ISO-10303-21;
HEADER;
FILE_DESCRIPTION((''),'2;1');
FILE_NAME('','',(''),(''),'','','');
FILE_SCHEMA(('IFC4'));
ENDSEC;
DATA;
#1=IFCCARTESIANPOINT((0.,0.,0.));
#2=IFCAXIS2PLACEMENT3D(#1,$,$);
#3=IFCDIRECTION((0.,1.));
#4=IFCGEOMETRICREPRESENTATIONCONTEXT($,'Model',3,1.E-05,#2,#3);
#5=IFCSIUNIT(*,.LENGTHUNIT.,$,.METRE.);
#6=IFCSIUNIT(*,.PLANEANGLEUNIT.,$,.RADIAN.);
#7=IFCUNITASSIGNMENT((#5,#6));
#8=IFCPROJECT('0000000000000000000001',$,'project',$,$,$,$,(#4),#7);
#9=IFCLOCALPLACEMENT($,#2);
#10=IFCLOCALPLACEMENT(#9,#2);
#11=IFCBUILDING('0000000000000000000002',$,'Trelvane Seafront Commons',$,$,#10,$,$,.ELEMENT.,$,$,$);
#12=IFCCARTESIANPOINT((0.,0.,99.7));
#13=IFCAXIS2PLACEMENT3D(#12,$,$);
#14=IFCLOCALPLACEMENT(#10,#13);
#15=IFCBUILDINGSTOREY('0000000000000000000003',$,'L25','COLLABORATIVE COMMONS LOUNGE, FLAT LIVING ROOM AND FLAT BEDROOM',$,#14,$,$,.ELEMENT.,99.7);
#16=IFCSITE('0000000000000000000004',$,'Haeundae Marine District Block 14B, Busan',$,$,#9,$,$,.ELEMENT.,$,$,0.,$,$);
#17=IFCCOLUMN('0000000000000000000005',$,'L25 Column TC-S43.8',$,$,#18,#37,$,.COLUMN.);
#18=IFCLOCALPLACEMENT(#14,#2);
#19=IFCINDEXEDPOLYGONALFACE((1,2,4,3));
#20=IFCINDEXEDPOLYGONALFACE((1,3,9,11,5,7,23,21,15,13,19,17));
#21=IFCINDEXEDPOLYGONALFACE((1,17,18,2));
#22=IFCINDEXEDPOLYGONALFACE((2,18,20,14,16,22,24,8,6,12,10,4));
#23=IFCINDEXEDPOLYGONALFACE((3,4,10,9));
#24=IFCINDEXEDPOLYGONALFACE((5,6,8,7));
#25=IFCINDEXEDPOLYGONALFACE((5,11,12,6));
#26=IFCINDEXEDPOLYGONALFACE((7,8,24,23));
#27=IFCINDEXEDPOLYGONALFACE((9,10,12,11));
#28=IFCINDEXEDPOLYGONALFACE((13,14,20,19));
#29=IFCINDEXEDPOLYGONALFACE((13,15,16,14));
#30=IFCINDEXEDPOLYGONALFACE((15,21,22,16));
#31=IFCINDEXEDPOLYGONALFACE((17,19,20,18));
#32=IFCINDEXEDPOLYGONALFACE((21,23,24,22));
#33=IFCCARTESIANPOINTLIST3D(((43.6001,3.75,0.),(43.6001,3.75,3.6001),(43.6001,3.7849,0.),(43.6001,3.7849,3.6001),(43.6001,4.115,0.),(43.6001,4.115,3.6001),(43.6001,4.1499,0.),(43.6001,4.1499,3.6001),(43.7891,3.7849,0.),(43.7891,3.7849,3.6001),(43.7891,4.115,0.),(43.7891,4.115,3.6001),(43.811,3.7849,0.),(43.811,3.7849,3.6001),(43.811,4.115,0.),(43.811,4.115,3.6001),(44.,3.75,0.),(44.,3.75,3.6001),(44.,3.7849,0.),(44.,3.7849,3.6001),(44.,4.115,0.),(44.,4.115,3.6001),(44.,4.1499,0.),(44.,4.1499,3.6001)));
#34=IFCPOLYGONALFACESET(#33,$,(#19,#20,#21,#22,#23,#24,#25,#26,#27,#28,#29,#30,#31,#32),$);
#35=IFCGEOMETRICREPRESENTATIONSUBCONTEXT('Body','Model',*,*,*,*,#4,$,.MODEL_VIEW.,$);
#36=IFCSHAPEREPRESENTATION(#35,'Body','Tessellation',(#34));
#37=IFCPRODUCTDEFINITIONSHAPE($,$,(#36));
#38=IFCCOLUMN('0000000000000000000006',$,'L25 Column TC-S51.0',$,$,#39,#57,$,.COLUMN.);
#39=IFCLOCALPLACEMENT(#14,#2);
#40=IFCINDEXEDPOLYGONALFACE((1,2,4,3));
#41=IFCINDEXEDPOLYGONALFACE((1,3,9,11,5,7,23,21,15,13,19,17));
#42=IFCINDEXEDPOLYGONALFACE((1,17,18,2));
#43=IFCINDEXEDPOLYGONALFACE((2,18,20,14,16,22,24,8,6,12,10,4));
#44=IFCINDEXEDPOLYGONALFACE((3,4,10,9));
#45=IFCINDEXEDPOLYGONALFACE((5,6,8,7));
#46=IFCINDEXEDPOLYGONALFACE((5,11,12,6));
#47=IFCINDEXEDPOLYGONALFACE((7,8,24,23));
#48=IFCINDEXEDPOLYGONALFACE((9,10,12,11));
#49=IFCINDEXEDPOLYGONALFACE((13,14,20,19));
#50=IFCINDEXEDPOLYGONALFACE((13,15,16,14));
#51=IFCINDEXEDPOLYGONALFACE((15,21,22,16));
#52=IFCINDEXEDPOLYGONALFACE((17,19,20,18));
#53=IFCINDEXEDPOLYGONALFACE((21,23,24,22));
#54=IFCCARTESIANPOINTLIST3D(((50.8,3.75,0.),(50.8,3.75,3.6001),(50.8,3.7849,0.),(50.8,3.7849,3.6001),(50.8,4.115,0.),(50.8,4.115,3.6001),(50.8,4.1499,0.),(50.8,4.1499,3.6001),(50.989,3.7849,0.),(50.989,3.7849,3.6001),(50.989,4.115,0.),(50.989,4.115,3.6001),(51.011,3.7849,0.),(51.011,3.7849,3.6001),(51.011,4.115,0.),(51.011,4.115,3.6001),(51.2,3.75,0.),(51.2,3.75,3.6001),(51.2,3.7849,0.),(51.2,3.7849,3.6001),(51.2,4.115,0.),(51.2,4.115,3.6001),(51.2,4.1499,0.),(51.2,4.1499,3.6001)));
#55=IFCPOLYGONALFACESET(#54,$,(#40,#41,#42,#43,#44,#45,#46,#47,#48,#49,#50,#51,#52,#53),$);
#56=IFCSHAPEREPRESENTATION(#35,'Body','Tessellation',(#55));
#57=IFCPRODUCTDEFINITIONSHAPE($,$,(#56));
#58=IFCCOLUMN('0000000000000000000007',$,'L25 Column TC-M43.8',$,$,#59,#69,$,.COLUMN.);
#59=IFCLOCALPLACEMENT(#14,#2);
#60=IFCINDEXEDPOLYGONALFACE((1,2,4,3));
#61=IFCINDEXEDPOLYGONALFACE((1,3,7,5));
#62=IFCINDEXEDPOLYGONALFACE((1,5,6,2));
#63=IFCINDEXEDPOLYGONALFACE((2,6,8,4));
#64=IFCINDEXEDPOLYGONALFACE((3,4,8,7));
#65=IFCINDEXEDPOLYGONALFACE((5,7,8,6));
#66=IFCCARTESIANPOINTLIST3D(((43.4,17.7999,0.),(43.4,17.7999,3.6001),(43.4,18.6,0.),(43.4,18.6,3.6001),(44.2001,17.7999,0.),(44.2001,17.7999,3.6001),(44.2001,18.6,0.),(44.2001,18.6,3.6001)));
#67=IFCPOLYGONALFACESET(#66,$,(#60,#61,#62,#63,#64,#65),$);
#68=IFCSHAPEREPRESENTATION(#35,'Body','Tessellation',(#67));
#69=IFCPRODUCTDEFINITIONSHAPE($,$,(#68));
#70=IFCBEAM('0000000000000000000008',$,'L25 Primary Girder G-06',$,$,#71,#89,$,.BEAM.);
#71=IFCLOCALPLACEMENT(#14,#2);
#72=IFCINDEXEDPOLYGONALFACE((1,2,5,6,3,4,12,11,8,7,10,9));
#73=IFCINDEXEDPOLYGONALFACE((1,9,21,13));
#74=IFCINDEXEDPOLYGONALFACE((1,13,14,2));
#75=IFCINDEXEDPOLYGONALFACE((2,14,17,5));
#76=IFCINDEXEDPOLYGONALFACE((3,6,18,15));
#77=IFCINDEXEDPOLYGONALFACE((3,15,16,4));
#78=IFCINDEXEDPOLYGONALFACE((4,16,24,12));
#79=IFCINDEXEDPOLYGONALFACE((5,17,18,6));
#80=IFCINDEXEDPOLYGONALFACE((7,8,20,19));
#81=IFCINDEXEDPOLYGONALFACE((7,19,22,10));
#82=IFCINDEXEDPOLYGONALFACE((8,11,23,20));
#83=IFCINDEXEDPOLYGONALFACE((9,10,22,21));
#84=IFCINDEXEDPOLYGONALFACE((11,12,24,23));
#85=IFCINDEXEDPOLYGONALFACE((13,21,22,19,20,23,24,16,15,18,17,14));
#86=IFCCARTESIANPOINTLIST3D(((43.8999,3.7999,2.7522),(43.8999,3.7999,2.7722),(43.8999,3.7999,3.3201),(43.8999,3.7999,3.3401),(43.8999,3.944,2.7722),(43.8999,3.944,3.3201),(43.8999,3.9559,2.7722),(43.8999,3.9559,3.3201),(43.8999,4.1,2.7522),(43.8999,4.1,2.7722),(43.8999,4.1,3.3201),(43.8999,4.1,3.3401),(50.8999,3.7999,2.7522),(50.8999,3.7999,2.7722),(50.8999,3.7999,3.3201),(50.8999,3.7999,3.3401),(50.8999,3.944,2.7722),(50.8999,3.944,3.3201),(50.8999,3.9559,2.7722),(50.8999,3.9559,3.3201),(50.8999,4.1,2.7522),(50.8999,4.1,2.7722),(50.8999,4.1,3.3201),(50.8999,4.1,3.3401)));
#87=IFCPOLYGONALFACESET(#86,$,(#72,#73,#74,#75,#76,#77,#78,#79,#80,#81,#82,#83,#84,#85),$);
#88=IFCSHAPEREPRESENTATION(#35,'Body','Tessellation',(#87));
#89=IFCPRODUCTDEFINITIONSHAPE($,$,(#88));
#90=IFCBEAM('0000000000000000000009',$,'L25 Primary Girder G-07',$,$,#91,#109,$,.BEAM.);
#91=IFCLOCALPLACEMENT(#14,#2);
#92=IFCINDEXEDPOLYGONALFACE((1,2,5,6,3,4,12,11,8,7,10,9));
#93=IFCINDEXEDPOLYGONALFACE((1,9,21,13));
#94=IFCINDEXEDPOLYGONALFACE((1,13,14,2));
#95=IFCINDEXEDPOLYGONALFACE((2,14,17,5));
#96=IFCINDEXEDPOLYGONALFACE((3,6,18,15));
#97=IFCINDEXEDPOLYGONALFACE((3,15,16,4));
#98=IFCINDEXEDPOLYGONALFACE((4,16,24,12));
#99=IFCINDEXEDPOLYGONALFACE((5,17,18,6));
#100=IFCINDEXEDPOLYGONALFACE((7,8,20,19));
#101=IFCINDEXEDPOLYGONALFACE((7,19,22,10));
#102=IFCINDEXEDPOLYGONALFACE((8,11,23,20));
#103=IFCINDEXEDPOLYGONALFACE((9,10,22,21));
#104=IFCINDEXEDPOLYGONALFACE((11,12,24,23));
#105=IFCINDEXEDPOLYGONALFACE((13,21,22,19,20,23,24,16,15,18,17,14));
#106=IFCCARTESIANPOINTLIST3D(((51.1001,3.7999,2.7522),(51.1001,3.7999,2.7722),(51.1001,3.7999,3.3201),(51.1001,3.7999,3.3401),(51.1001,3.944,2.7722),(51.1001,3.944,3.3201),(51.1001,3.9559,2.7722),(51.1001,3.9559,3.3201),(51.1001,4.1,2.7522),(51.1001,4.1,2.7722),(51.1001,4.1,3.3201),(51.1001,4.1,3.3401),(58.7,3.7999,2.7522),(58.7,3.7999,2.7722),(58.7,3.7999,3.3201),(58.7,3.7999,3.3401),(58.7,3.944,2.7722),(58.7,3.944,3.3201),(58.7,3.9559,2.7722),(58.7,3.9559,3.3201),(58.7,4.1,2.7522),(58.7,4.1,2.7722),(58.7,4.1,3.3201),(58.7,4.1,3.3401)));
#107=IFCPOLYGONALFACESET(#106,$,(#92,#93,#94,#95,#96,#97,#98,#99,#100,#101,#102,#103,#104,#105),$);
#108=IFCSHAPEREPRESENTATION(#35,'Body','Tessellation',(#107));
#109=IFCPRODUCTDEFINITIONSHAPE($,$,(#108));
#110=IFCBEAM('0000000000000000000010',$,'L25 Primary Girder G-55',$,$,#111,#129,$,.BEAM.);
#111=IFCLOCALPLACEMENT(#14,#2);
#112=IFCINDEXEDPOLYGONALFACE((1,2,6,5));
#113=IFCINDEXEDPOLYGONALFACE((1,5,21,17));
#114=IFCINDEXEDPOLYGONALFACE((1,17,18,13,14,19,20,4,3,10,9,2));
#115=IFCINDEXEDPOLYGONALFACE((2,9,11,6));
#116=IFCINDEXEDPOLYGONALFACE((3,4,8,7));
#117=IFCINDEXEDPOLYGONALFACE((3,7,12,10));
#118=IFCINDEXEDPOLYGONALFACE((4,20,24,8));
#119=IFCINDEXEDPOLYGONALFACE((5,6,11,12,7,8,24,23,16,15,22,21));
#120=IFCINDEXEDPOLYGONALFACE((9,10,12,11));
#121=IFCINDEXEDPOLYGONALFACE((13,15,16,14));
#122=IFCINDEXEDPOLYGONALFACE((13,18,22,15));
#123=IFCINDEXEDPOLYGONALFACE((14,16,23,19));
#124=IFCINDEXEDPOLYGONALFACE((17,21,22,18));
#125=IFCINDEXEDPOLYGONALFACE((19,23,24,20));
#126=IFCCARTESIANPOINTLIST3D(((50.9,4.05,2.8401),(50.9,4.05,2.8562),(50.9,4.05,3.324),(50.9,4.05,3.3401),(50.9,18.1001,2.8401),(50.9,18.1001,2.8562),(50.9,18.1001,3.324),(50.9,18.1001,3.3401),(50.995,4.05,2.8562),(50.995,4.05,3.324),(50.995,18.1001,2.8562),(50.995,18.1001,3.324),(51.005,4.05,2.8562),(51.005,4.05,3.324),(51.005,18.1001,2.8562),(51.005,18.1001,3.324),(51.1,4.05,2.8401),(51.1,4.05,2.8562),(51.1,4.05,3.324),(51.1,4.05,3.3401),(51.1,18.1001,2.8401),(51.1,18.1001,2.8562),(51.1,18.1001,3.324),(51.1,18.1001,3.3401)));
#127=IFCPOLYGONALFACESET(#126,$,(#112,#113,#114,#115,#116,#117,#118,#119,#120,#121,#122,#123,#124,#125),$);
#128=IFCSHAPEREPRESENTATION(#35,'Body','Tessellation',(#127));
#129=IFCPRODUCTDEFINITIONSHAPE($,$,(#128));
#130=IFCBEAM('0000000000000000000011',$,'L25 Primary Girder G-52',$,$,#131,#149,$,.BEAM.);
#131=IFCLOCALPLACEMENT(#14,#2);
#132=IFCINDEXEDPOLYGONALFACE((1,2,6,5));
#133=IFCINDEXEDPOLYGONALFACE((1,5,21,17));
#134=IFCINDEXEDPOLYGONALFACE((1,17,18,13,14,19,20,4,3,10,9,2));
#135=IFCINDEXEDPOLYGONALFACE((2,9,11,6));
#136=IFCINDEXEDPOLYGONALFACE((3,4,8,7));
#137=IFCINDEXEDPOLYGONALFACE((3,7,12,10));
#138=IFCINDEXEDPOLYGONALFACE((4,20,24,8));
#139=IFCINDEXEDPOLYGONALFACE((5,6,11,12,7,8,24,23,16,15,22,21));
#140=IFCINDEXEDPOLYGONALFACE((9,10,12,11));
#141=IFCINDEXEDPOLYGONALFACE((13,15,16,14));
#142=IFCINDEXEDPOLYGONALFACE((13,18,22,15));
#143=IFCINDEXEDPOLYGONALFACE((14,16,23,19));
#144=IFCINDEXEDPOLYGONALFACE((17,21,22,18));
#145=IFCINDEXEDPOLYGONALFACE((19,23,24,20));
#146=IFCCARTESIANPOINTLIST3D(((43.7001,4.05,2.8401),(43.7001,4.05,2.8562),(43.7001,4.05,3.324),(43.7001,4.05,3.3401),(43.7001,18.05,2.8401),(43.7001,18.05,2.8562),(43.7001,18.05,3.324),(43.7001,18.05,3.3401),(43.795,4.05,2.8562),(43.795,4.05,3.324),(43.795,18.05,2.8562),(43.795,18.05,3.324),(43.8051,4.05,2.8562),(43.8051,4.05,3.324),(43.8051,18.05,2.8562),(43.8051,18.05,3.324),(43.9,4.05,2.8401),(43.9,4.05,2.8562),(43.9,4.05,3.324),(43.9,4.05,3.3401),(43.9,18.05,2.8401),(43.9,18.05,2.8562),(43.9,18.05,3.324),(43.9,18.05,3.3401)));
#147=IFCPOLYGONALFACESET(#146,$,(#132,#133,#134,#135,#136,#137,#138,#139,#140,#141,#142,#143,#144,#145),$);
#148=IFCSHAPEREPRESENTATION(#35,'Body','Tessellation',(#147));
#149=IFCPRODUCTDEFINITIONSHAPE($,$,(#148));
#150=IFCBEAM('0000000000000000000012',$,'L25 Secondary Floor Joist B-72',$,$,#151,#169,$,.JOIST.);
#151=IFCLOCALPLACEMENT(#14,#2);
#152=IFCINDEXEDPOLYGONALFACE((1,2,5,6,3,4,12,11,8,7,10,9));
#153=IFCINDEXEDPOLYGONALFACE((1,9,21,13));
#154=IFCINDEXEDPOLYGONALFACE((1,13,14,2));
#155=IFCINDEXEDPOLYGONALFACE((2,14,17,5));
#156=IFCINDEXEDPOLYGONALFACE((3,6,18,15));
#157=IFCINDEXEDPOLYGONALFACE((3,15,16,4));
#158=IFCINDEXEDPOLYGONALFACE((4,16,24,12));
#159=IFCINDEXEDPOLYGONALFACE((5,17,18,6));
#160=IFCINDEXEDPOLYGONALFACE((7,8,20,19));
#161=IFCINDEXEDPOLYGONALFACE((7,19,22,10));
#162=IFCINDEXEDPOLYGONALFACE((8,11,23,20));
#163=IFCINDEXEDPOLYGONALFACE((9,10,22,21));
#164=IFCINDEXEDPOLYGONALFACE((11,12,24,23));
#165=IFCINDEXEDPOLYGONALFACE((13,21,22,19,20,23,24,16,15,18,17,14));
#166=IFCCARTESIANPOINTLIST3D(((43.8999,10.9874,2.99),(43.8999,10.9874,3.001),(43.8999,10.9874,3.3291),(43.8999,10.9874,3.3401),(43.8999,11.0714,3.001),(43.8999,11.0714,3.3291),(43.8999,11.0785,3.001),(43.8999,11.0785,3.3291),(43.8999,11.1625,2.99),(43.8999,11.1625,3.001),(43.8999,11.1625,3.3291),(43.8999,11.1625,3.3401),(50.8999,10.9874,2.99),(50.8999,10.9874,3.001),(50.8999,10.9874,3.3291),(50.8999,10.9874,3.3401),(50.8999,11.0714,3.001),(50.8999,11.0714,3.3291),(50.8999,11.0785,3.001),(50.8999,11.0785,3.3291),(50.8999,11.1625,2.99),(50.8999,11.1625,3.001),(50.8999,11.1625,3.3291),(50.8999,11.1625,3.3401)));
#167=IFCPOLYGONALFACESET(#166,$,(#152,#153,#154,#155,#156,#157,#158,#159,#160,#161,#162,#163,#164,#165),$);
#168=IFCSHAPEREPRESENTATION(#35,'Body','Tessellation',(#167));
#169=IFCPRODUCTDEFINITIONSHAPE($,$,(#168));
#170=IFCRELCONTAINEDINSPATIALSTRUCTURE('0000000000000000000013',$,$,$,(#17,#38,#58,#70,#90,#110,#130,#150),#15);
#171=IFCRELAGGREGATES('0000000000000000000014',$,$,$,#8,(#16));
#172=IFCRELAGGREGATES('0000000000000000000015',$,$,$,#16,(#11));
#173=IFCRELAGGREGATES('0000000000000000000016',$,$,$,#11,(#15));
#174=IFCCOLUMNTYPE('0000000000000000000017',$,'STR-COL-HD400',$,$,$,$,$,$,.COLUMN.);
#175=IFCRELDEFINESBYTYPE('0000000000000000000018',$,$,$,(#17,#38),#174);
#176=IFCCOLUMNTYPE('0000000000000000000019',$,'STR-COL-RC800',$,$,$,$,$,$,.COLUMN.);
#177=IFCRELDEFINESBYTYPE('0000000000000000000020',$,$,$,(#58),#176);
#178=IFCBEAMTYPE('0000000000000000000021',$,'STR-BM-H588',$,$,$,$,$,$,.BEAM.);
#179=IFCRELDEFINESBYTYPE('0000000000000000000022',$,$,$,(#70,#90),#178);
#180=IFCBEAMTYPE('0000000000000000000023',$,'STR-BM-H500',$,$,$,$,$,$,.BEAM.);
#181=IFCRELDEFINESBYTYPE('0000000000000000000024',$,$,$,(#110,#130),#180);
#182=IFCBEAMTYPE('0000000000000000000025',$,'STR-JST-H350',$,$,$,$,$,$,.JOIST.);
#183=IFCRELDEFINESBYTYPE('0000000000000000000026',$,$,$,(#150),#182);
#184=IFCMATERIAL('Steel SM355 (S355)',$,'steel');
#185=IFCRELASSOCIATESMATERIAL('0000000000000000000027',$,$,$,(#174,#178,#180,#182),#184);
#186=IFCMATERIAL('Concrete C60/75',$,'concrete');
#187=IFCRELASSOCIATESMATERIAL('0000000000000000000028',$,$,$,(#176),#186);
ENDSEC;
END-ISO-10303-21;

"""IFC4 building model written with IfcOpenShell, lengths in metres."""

from ifc_helpers import new_model, si_unit, direction, frame, origin, origin_2d, place, context, subcontext, project, spatial, rectangle, i_section, extrude, source, transform, mapped, material, material_profile, profile_set, type_object, element, save


model = new_model("IFC4")

# Units and contexts
model_context = context("Model", 3, precision=1e-05, world=origin(), true_north=direction((0.0, 1.0)))
body_context = subcontext(model_context, "Body", "Model", "MODEL_VIEW")
ifc_project = project(units=[si_unit("LENGTHUNIT", "METRE"), si_unit("PLANEANGLEUNIT", "RADIAN")], contexts=[model_context])

# Site, building, storey
site_placement = place(None, origin())
site = spatial("IfcSite", under=ifc_project, at=site_placement, Name="Haeundae Marine District Block 14B, Busan", CompositionType="ELEMENT", RefElevation=0.0)
building_placement = place(site_placement, origin())
building = spatial("IfcBuilding", under=site, at=building_placement, Name="Trelvane Seafront Commons", CompositionType="ELEMENT")
storey_placement = place(building_placement, frame((0.0, 0.0, 99.7)))
storey = spatial("IfcBuildingStorey", under=building, at=storey_placement, Name="L25", Description="COLLABORATIVE COMMONS LOUNGE, FLAT LIVING ROOM AND FLAT BEDROOM", CompositionType="ELEMENT", Elevation=99.7)

# Columns
ifc_material_1 = material(Name="Steel SM355 (S355)", Category="steel")
ifc_material_profile_1 = material_profile(ifc_material_1, i_section(OverallWidth=0.3999, OverallDepth=0.3999, WebThickness=0.022, FlangeThickness=0.0349, at=origin_2d()), Name="HD-400x400x22x35")
ifc_profile_set_1 = profile_set([ifc_material_profile_1], Name="Steel SM355 (S355)")
column_type_1 = type_object("IfcColumnType", Name="STR-COL-HD400", PredefinedType="COLUMN", material=ifc_profile_set_1)
shared_shape_1 = source(origin(), body_context, "Body", "SweptSolid", [
    extrude(i_section(OverallWidth=0.3999, OverallDepth=0.3999, WebThickness=0.022, FlangeThickness=0.0349, at=origin_2d()), origin(), (0.0, 0.0, 1.0), 3.6001),
])
for number, where, z_axis, x_axis, name in (
    (1, (43.8, 3.95, 0.0), (0.0, 0.0, 1.0), (1.0, 0.0, 0.0), "L25 Column TC-S43.8"),
    (2, (51.0, 3.95, 0.0), (0.0, 0.0, 1.0), (1.0, 0.0, 0.0), "L25 Column TC-S51.0"),
):
    element("IfcColumn", number, at=place(storey_placement, frame(where, z_axis=z_axis, x_axis=x_axis)), inside=storey, type_object=column_type_1, Name=name, PredefinedType="COLUMN", context=body_context, shape_type="MappedRepresentation", body=[
        mapped(shared_shape_1, transform((0.0, 0.0, 0.0), x_axis=(1.0, 0.0, 0.0), y_axis=(0.0, 1.0, 0.0), z_axis=(0.0, 0.0, 1.0), scale=1.0)),
    ])
ifc_material_2 = material(Name="Concrete C60/75", Category="concrete")
ifc_material_profile_2 = material_profile(ifc_material_2, rectangle(XDim=0.8, YDim=0.8, at=origin_2d()), Name="RC-800x800")
ifc_profile_set_2 = profile_set([ifc_material_profile_2], Name="Concrete C60/75")
column_type_2 = type_object("IfcColumnType", Name="STR-COL-RC800", PredefinedType="COLUMN", material=ifc_profile_set_2)
shared_shape_2 = source(origin(), body_context, "Body", "SweptSolid", [
    extrude(rectangle(XDim=0.8, YDim=0.8, at=origin_2d()), origin(), (0.0, 0.0, 1.0), 3.6001),
])
column_placement = place(storey_placement, frame((43.8, 18.2, 0.0), z_axis=(0.0, 0.0, 1.0), x_axis=(1.0, 0.0, 0.0)))
element("IfcColumn", 3, at=column_placement, inside=storey, type_object=column_type_2, Name="L25 Column TC-M43.8", PredefinedType="COLUMN", context=body_context, shape_type="MappedRepresentation", body=[
    mapped(shared_shape_2, transform((0.0, 0.0, 0.0), x_axis=(1.0, 0.0, 0.0), y_axis=(0.0, 1.0, 0.0), z_axis=(0.0, 0.0, 1.0), scale=1.0)),
])

# Beams
ifc_material_profile_3 = material_profile(ifc_material_1, i_section(OverallWidth=0.3, OverallDepth=0.5879, WebThickness=0.012, FlangeThickness=0.02, at=origin_2d()), Name="H-588x300x12x20")
ifc_profile_set_3 = profile_set([ifc_material_profile_3], Name="Steel SM355 (S355)")
beam_type_1 = type_object("IfcBeamType", Name="STR-BM-H588", PredefinedType="BEAM", material=ifc_profile_set_3)
shared_shape_3 = source(origin(), body_context, "Body", "SweptSolid", [
    extrude(i_section(OverallWidth=0.3, OverallDepth=0.5879, WebThickness=0.012, FlangeThickness=0.02, at=origin_2d()), origin(), (0.0, 0.0, 1.0), 7.0),
])
beam_1_placement = place(storey_placement, frame((43.8999, 3.95, 3.0461), z_axis=(1.0, 0.0, 0.0), x_axis=(0.0, 1.0, 0.0)))
element("IfcBeam", 4, at=beam_1_placement, inside=storey, type_object=beam_type_1, Name="L25 Primary Girder G-06", PredefinedType="BEAM", context=body_context, shape_type="MappedRepresentation", body=[
    mapped(shared_shape_3, transform((0.0, 0.0, 0.0), x_axis=(1.0, 0.0, 0.0), y_axis=(0.0, 1.0, 0.0), z_axis=(0.0, 0.0, 1.0), scale=1.0)),
])
shared_shape_4 = source(origin(), body_context, "Body", "SweptSolid", [
    extrude(i_section(OverallWidth=0.3, OverallDepth=0.5879, WebThickness=0.012, FlangeThickness=0.02, at=origin_2d()), origin(), (0.0, 0.0, 1.0), 7.5999),
])
beam_2_placement = place(storey_placement, frame((51.1001, 3.95, 3.0461), z_axis=(1.0, 0.0, 0.0), x_axis=(0.0, 1.0, 0.0)))
element("IfcBeam", 5, at=beam_2_placement, inside=storey, type_object=beam_type_1, Name="L25 Primary Girder G-07", PredefinedType="BEAM", context=body_context, shape_type="MappedRepresentation", body=[
    mapped(shared_shape_4, transform((0.0, 0.0, 0.0), x_axis=(1.0, 0.0, 0.0), y_axis=(0.0, 1.0, 0.0), z_axis=(0.0, 0.0, 1.0), scale=1.0)),
])
ifc_material_profile_4 = material_profile(ifc_material_1, i_section(OverallWidth=0.2, OverallDepth=0.5, WebThickness=0.01, FlangeThickness=0.0161, at=origin_2d()), Name="H-500x200x10x16")
ifc_profile_set_4 = profile_set([ifc_material_profile_4], Name="Steel SM355 (S355)")
beam_type_2 = type_object("IfcBeamType", Name="STR-BM-H500", PredefinedType="BEAM", material=ifc_profile_set_4)
shared_shape_5 = source(origin(), body_context, "Body", "SweptSolid", [
    extrude(i_section(OverallWidth=0.2, OverallDepth=0.5, WebThickness=0.01, FlangeThickness=0.0161, at=origin_2d()), origin(), (0.0, 0.0, 1.0), 14.05),
])
beam_3_placement = place(storey_placement, frame((51.0, 4.05, 3.0901), z_axis=(0.0, 1.0, 0.0), x_axis=(-1.0, 0.0, 0.0)))
element("IfcBeam", 6, at=beam_3_placement, inside=storey, type_object=beam_type_2, Name="L25 Primary Girder G-55", PredefinedType="BEAM", context=body_context, shape_type="MappedRepresentation", body=[
    mapped(shared_shape_5, transform((0.0, 0.0, 0.0), x_axis=(1.0, 0.0, 0.0), y_axis=(0.0, 1.0, 0.0), z_axis=(0.0, 0.0, 1.0), scale=1.0)),
])
shared_shape_6 = source(origin(), body_context, "Body", "SweptSolid", [
    extrude(i_section(OverallWidth=0.2, OverallDepth=0.5, WebThickness=0.01, FlangeThickness=0.0161, at=origin_2d()), origin(), (0.0, 0.0, 1.0), 14.0),
])
beam_4_placement = place(storey_placement, frame((43.8, 4.05, 3.0901), z_axis=(0.0, 1.0, 0.0), x_axis=(-1.0, 0.0, 0.0)))
element("IfcBeam", 7, at=beam_4_placement, inside=storey, type_object=beam_type_2, Name="L25 Primary Girder G-52", PredefinedType="BEAM", context=body_context, shape_type="MappedRepresentation", body=[
    mapped(shared_shape_6, transform((0.0, 0.0, 0.0), x_axis=(1.0, 0.0, 0.0), y_axis=(0.0, 1.0, 0.0), z_axis=(0.0, 0.0, 1.0), scale=1.0)),
])
ifc_material_profile_5 = material_profile(ifc_material_1, i_section(OverallWidth=0.175, OverallDepth=0.3501, WebThickness=0.0071, FlangeThickness=0.011, at=origin_2d()), Name="H-350x175x7x11")
ifc_profile_set_5 = profile_set([ifc_material_profile_5], Name="Steel SM355 (S355)")
beam_type_3 = type_object("IfcBeamType", Name="STR-JST-H350", PredefinedType="JOIST", material=ifc_profile_set_5)
shared_shape_7 = source(origin(), body_context, "Body", "SweptSolid", [
    extrude(i_section(OverallWidth=0.175, OverallDepth=0.3501, WebThickness=0.0071, FlangeThickness=0.011, at=origin_2d()), origin(), (0.0, 0.0, 1.0), 7.0),
])
beam_5_placement = place(storey_placement, frame((43.8999, 11.075, 3.165), z_axis=(1.0, 0.0, 0.0), x_axis=(0.0, 1.0, 0.0)))
element("IfcBeam", 8, at=beam_5_placement, inside=storey, type_object=beam_type_3, Name="L25 Secondary Floor Joist B-72", PredefinedType="JOIST", context=body_context, shape_type="MappedRepresentation", body=[
    mapped(shared_shape_7, transform((0.0, 0.0, 0.0), x_axis=(1.0, 0.0, 0.0), y_axis=(0.0, 1.0, 0.0), z_axis=(0.0, 0.0, 1.0), scale=1.0)),
])

save(model, "model.ifc")
